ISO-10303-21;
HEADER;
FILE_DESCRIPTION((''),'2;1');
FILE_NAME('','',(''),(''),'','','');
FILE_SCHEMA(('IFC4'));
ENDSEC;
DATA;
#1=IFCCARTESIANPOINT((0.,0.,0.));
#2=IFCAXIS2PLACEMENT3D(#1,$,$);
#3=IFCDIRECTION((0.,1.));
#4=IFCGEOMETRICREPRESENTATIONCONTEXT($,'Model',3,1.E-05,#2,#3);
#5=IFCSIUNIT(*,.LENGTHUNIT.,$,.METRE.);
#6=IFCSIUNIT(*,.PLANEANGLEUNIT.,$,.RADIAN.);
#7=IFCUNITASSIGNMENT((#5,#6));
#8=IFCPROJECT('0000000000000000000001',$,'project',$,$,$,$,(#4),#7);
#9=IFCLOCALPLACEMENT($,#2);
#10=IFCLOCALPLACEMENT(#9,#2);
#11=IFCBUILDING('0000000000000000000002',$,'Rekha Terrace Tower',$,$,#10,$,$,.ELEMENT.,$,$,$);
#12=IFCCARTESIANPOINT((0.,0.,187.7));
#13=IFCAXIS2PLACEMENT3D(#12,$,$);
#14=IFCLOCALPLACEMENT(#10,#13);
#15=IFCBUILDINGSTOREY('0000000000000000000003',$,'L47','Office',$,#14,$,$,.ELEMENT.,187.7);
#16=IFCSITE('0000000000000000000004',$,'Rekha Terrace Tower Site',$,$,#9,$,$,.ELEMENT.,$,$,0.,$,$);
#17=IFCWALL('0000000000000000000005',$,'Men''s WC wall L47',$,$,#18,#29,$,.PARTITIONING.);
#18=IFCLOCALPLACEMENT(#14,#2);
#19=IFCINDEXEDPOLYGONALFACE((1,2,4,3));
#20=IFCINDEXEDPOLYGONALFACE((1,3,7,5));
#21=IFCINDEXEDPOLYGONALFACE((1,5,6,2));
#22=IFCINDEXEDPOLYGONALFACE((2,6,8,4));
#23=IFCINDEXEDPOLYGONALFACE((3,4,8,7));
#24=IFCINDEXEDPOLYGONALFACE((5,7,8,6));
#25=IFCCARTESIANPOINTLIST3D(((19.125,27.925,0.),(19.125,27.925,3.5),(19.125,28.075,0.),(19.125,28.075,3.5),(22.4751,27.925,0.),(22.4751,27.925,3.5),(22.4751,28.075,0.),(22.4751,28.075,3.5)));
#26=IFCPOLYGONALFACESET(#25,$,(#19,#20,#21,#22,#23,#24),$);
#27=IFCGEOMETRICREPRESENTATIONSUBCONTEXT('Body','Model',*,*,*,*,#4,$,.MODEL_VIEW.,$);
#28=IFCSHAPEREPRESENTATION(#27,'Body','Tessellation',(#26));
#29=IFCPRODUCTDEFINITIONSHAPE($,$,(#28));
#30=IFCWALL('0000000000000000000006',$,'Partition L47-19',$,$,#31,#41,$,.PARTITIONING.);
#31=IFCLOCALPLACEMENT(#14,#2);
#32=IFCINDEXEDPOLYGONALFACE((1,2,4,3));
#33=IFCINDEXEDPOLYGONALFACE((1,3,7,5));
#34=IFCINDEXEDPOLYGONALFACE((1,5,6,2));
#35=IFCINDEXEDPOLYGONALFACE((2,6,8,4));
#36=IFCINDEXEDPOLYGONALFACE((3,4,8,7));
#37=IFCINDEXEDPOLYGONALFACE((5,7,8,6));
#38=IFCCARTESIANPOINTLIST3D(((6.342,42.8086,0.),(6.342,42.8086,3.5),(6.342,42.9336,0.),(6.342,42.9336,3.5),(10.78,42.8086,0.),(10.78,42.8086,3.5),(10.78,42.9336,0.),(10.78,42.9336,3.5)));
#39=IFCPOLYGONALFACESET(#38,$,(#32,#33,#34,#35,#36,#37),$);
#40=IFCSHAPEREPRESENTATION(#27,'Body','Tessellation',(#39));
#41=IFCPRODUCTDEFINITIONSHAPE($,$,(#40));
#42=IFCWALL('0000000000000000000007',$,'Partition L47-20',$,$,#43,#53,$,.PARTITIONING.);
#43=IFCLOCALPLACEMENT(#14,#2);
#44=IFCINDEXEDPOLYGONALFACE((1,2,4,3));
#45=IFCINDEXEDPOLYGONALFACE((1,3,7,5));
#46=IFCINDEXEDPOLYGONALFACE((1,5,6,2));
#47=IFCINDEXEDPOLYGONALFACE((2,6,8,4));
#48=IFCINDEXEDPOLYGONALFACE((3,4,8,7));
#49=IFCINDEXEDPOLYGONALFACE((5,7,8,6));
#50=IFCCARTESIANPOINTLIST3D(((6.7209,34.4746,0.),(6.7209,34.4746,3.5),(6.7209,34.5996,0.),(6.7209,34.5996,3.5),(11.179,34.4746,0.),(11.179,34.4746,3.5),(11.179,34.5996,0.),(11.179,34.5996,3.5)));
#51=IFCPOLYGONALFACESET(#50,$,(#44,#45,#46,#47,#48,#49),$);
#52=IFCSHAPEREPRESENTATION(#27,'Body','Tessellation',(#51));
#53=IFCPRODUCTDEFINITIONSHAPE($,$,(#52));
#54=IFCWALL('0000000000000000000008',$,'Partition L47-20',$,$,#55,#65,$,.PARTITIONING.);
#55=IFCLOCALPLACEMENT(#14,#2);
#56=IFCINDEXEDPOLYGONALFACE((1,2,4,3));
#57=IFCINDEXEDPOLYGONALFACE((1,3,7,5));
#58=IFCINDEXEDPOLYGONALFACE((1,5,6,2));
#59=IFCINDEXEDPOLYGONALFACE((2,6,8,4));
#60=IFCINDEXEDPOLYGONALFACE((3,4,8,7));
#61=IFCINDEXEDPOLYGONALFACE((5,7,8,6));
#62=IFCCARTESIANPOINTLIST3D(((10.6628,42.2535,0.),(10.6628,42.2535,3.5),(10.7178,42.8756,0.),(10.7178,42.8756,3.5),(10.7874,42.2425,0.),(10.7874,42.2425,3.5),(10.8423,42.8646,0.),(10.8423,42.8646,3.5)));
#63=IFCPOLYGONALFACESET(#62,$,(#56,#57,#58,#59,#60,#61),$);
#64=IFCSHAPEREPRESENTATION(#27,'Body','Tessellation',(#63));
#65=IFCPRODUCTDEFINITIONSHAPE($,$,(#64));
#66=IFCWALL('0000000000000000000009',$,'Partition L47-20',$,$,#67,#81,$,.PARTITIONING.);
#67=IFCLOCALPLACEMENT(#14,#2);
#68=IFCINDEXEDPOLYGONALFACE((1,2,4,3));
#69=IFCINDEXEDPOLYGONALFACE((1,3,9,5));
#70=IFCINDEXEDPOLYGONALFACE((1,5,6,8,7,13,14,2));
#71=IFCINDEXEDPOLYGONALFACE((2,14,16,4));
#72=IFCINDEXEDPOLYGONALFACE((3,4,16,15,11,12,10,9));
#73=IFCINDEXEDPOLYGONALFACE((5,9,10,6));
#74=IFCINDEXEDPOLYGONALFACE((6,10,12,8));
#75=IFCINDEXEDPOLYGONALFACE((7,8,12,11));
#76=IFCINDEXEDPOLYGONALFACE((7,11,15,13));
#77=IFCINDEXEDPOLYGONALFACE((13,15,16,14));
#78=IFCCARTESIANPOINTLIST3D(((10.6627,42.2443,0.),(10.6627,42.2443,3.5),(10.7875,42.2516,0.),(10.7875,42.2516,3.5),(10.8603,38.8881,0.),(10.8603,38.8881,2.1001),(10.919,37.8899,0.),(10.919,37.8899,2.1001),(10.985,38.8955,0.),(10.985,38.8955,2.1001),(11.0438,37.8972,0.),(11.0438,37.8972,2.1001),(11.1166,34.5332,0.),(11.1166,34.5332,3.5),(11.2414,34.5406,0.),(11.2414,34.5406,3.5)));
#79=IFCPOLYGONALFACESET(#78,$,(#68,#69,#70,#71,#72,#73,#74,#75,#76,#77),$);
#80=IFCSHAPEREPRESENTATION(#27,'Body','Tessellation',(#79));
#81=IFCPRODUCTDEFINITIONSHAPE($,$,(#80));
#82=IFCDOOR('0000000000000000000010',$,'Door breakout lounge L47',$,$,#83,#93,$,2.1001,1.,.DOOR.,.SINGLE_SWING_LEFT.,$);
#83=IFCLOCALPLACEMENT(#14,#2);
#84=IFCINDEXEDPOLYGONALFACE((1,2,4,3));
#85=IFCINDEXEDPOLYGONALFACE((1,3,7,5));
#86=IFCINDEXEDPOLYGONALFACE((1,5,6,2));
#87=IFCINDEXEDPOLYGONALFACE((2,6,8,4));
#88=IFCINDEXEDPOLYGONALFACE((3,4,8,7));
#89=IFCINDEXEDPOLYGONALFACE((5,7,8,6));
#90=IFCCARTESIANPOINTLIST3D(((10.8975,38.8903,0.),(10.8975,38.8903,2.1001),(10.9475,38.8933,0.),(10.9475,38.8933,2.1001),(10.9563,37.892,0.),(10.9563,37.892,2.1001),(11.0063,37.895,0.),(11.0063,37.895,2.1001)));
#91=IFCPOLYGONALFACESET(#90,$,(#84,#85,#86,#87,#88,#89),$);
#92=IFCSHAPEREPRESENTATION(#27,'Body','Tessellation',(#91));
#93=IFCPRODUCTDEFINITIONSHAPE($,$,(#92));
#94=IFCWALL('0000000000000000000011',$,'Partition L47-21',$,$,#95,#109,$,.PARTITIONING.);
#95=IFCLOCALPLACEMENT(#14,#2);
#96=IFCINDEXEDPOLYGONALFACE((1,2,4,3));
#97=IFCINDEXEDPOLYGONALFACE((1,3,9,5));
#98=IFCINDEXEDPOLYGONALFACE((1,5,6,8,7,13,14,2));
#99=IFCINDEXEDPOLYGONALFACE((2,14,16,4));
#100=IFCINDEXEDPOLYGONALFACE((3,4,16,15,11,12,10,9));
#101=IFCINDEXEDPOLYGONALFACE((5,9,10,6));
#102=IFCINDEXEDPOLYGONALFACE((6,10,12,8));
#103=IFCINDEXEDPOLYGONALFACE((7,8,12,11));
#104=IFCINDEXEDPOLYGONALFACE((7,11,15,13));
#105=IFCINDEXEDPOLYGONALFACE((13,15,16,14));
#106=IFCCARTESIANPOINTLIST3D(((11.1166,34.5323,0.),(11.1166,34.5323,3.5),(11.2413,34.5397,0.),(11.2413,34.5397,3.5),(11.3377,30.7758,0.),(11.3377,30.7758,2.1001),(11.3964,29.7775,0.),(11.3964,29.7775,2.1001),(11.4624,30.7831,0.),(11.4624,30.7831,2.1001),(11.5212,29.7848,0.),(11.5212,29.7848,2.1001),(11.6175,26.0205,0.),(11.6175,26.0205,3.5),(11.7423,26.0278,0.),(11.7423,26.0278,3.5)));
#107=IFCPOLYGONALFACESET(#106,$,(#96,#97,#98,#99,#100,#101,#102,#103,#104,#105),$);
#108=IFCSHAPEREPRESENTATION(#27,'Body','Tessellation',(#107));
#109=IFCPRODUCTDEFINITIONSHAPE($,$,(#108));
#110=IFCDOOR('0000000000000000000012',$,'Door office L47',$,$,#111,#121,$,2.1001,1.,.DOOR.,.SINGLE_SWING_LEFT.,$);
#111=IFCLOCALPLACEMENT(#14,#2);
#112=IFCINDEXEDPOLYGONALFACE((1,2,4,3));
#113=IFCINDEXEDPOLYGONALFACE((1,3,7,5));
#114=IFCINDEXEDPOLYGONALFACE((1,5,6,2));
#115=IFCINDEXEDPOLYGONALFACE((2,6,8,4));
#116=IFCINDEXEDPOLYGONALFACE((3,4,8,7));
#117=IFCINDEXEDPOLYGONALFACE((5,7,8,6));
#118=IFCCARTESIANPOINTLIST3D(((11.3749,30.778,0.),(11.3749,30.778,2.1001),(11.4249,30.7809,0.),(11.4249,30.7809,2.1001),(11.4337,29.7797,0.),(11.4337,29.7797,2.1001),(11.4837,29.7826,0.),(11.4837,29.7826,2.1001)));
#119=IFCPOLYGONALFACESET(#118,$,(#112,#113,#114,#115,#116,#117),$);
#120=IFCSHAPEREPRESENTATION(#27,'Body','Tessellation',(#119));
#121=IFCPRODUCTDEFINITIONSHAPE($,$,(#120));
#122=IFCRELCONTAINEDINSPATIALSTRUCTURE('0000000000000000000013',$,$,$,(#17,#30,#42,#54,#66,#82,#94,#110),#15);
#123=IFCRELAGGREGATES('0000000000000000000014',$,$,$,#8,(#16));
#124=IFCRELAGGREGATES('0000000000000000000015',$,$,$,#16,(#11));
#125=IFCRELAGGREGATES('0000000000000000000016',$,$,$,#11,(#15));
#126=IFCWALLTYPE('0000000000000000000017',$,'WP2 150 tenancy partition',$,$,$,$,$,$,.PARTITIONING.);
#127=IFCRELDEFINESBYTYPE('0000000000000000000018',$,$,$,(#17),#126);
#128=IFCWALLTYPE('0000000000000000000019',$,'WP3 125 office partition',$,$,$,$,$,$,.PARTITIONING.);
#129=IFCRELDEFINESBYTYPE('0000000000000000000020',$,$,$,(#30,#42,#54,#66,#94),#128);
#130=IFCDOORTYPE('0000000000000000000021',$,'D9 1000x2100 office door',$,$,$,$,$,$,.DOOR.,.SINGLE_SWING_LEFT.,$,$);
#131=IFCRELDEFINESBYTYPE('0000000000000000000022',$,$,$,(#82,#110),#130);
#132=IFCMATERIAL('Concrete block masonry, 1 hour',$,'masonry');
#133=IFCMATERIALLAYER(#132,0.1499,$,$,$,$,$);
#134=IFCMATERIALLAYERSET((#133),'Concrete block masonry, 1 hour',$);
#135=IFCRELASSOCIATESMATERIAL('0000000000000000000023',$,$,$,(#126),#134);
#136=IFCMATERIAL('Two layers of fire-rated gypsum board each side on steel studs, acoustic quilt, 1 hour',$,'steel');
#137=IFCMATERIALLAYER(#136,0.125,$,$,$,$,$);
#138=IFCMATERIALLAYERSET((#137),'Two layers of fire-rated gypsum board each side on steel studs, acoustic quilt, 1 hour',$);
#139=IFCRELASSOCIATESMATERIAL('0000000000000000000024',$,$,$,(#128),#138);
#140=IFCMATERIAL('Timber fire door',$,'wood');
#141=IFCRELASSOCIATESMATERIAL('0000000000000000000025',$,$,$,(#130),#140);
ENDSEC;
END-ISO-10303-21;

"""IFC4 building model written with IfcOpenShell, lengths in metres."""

from ifc_helpers import new_model, si_unit, direction, frame, frame_2d, origin, place, context, subcontext, project, spatial, rectangle, extrude, material, layer, layer_set, type_object, element, fill, save


model = new_model("IFC4")

# Units and contexts
model_context = context("Model", 3, precision=1e-05, world=origin(), true_north=direction((0.0, 1.0)))
body_context = subcontext(model_context, "Body", "Model", "MODEL_VIEW")
ifc_project = project(units=[si_unit("LENGTHUNIT", "METRE"), si_unit("PLANEANGLEUNIT", "RADIAN")], contexts=[model_context])

# Site, building, storey
site_placement = place(None, origin())
site = spatial("IfcSite", under=ifc_project, at=site_placement, Name="Rekha Terrace Tower Site", CompositionType="ELEMENT", RefElevation=0.0)
building_placement = place(site_placement, origin())
building = spatial("IfcBuilding", under=site, at=building_placement, Name="Rekha Terrace Tower", CompositionType="ELEMENT")
storey_placement = place(building_placement, frame((0.0, 0.0, 187.7)))
storey = spatial("IfcBuildingStorey", under=building, at=storey_placement, Name="L47", Description="Office", CompositionType="ELEMENT", Elevation=187.7)

# Walls
ifc_material_1 = material(Name="Concrete block masonry, 1 hour", Category="masonry")
ifc_layer_1 = layer(ifc_material_1, 0.1499)
ifc_layer_set_1 = layer_set([ifc_layer_1], Name="Concrete block masonry, 1 hour")
wall_type_1 = type_object("IfcWallType", Name="WP2 150 tenancy partition", PredefinedType="PARTITIONING", material=ifc_layer_set_1)
wall_1_placement = place(storey_placement, frame((19.125, 28.0, 0.0), z_axis=(0.0, 0.0, 1.0), x_axis=(1.0, 0.0, 0.0)))
element("IfcWall", 1, at=wall_1_placement, inside=storey, type_object=wall_type_1, Name="Men's WC wall L47", PredefinedType="PARTITIONING", context=body_context, shape_type="SweptSolid", body=[
    extrude(rectangle(XDim=3.3501, YDim=0.1499, at=frame_2d((1.675, 0.0))), origin(), (0.0, 0.0, 1.0), 3.5),
])
ifc_material_2 = material(Name="Two layers of fire-rated gypsum board each side on steel studs, acoustic quilt, 1 hour", Category="steel")
ifc_layer_2 = layer(ifc_material_2, 0.125)
ifc_layer_set_2 = layer_set([ifc_layer_2], Name="Two layers of fire-rated gypsum board each side on steel studs, acoustic quilt, 1 hour")
wall_type_2 = type_object("IfcWallType", Name="WP3 125 office partition", PredefinedType="PARTITIONING", material=ifc_layer_set_2)
wall_2_placement = place(storey_placement, frame((10.78, 42.8711, 0.0), z_axis=(0.0, 0.0, 1.0), x_axis=(-1.0, 0.0, 0.0)))
element("IfcWall", 2, at=wall_2_placement, inside=storey, type_object=wall_type_2, Name="Partition L47-19", PredefinedType="PARTITIONING", context=body_context, shape_type="SweptSolid", body=[
    extrude(rectangle(XDim=4.438, YDim=0.125, at=frame_2d((2.219, 0.0))), origin(), (0.0, 0.0, 1.0), 3.5),
])
wall_3_placement = place(storey_placement, frame((11.179, 34.5371, 0.0), z_axis=(0.0, 0.0, 1.0), x_axis=(-1.0, 0.0, 0.0)))
element("IfcWall", 3, at=wall_3_placement, inside=storey, type_object=wall_type_2, Name="Partition L47-20", PredefinedType="PARTITIONING", context=body_context, shape_type="SweptSolid", body=[
    extrude(rectangle(XDim=4.458, YDim=0.125, at=frame_2d((2.229, 0.0))), origin(), (0.0, 0.0, 1.0), 3.5),
])
wall_4_placement = place(storey_placement, frame((10.78, 42.8701, 0.0), z_axis=(0.0, 0.0, 1.0), x_axis=(-0.087962, -0.996124, 0.0)))
element("IfcWall", 4, at=wall_4_placement, inside=storey, type_object=wall_type_2, Name="Partition L47-20", PredefinedType="PARTITIONING", context=body_context, shape_type="SweptSolid", body=[
    extrude(rectangle(XDim=0.6245, YDim=0.125, at=frame_2d((0.3123, 0.0))), origin(), (0.0, 0.0, 1.0), 3.5),
])

# Walls, openings, doors
wall_5_placement = place(storey_placement, frame((10.7251, 42.248, 0.0), z_axis=(0.0, 0.0, 1.0), x_axis=(0.058757, -0.998272, 0.0)))
wall_5 = element("IfcWall", 5, at=wall_5_placement, inside=storey, type_object=wall_type_2, Name="Partition L47-20", PredefinedType="PARTITIONING", context=body_context, shape_type="SweptSolid", body=[
    extrude(rectangle(XDim=7.7244, YDim=0.125, at=frame_2d((3.8623, 0.0))), origin(), (0.0, 0.0, 1.0), 3.5),
])
opening_1_placement = place(wall_5_placement, frame((3.3621, 0.0, 0.0)))
opening_1 = element("IfcOpeningElement", 6, at=opening_1_placement, cuts=wall_5, PredefinedType="OPENING", context=body_context, shape_type="SweptSolid", body=[
    extrude(rectangle(XDim=1.0, YDim=2.1001, at=frame_2d((0.5, 1.05))), frame((0.0, 0.0725, 0.0), z_axis=(0.0, -1.0, 0.0), x_axis=(1.0, 0.0, 0.0)), (0.0, 0.0, 1.0), 0.145),
])
ifc_material_3 = material(Name="Timber fire door", Category="wood")
door_type_1 = type_object("IfcDoorType", Name="D9 1000x2100 office door", OperationType="SINGLE_SWING_LEFT", PredefinedType="DOOR", material=ifc_material_3)
door_1_placement = place(opening_1_placement, origin())
door_1 = element("IfcDoor", 7, at=door_1_placement, inside=storey, type_object=door_type_1, Name="Door breakout lounge L47", OperationType="SINGLE_SWING_LEFT", OverallHeight=2.1001, OverallWidth=1.0, PredefinedType="DOOR", context=body_context, shape_type="SweptSolid", body=[
    extrude(rectangle(XDim=1.0, YDim=2.1001, at=frame_2d((0.5, 1.05))), frame((0.0, 0.0249, 0.0), z_axis=(0.0, -1.0, 0.0), x_axis=(1.0, 0.0, 0.0)), (0.0, 0.0, 1.0), 0.05),
])
fill(opening_1, door_1)
wall_6_placement = place(storey_placement, frame((11.179, 34.5359, 0.0), z_axis=(0.0, 0.0, 1.0), x_axis=(0.058754, -0.998272, 0.0)))
wall_6 = element("IfcWall", 8, at=wall_6_placement, inside=storey, type_object=wall_type_2, Name="Partition L47-21", PredefinedType="PARTITIONING", context=body_context, shape_type="SweptSolid", body=[
    extrude(rectangle(XDim=8.5266, YDim=0.125, at=frame_2d((4.2632, 0.0))), origin(), (0.0, 0.0, 1.0), 3.5),
])
opening_2_placement = place(wall_6_placement, frame((3.7629, 0.0, 0.0)))
opening_2 = element("IfcOpeningElement", 9, at=opening_2_placement, cuts=wall_6, PredefinedType="OPENING", context=body_context, shape_type="SweptSolid", body=[
    extrude(rectangle(XDim=1.0, YDim=2.1001, at=frame_2d((0.5, 1.05))), frame((0.0, 0.0725, 0.0), z_axis=(0.0, -1.0, 0.0), x_axis=(1.0, 0.0, 0.0)), (0.0, 0.0, 1.0), 0.145),
])
door_2_placement = place(opening_2_placement, origin())
door_2 = element("IfcDoor", 10, at=door_2_placement, inside=storey, type_object=door_type_1, Name="Door office L47", OperationType="SINGLE_SWING_LEFT", OverallHeight=2.1001, OverallWidth=1.0, PredefinedType="DOOR", context=body_context, shape_type="SweptSolid", body=[
    extrude(rectangle(XDim=1.0, YDim=2.1001, at=frame_2d((0.5, 1.05))), frame((0.0, 0.0249, 0.0), z_axis=(0.0, -1.0, 0.0), x_axis=(1.0, 0.0, 0.0)), (0.0, 0.0, 1.0), 0.05),
])
fill(opening_2, door_2)

save(model, "model.ifc")
